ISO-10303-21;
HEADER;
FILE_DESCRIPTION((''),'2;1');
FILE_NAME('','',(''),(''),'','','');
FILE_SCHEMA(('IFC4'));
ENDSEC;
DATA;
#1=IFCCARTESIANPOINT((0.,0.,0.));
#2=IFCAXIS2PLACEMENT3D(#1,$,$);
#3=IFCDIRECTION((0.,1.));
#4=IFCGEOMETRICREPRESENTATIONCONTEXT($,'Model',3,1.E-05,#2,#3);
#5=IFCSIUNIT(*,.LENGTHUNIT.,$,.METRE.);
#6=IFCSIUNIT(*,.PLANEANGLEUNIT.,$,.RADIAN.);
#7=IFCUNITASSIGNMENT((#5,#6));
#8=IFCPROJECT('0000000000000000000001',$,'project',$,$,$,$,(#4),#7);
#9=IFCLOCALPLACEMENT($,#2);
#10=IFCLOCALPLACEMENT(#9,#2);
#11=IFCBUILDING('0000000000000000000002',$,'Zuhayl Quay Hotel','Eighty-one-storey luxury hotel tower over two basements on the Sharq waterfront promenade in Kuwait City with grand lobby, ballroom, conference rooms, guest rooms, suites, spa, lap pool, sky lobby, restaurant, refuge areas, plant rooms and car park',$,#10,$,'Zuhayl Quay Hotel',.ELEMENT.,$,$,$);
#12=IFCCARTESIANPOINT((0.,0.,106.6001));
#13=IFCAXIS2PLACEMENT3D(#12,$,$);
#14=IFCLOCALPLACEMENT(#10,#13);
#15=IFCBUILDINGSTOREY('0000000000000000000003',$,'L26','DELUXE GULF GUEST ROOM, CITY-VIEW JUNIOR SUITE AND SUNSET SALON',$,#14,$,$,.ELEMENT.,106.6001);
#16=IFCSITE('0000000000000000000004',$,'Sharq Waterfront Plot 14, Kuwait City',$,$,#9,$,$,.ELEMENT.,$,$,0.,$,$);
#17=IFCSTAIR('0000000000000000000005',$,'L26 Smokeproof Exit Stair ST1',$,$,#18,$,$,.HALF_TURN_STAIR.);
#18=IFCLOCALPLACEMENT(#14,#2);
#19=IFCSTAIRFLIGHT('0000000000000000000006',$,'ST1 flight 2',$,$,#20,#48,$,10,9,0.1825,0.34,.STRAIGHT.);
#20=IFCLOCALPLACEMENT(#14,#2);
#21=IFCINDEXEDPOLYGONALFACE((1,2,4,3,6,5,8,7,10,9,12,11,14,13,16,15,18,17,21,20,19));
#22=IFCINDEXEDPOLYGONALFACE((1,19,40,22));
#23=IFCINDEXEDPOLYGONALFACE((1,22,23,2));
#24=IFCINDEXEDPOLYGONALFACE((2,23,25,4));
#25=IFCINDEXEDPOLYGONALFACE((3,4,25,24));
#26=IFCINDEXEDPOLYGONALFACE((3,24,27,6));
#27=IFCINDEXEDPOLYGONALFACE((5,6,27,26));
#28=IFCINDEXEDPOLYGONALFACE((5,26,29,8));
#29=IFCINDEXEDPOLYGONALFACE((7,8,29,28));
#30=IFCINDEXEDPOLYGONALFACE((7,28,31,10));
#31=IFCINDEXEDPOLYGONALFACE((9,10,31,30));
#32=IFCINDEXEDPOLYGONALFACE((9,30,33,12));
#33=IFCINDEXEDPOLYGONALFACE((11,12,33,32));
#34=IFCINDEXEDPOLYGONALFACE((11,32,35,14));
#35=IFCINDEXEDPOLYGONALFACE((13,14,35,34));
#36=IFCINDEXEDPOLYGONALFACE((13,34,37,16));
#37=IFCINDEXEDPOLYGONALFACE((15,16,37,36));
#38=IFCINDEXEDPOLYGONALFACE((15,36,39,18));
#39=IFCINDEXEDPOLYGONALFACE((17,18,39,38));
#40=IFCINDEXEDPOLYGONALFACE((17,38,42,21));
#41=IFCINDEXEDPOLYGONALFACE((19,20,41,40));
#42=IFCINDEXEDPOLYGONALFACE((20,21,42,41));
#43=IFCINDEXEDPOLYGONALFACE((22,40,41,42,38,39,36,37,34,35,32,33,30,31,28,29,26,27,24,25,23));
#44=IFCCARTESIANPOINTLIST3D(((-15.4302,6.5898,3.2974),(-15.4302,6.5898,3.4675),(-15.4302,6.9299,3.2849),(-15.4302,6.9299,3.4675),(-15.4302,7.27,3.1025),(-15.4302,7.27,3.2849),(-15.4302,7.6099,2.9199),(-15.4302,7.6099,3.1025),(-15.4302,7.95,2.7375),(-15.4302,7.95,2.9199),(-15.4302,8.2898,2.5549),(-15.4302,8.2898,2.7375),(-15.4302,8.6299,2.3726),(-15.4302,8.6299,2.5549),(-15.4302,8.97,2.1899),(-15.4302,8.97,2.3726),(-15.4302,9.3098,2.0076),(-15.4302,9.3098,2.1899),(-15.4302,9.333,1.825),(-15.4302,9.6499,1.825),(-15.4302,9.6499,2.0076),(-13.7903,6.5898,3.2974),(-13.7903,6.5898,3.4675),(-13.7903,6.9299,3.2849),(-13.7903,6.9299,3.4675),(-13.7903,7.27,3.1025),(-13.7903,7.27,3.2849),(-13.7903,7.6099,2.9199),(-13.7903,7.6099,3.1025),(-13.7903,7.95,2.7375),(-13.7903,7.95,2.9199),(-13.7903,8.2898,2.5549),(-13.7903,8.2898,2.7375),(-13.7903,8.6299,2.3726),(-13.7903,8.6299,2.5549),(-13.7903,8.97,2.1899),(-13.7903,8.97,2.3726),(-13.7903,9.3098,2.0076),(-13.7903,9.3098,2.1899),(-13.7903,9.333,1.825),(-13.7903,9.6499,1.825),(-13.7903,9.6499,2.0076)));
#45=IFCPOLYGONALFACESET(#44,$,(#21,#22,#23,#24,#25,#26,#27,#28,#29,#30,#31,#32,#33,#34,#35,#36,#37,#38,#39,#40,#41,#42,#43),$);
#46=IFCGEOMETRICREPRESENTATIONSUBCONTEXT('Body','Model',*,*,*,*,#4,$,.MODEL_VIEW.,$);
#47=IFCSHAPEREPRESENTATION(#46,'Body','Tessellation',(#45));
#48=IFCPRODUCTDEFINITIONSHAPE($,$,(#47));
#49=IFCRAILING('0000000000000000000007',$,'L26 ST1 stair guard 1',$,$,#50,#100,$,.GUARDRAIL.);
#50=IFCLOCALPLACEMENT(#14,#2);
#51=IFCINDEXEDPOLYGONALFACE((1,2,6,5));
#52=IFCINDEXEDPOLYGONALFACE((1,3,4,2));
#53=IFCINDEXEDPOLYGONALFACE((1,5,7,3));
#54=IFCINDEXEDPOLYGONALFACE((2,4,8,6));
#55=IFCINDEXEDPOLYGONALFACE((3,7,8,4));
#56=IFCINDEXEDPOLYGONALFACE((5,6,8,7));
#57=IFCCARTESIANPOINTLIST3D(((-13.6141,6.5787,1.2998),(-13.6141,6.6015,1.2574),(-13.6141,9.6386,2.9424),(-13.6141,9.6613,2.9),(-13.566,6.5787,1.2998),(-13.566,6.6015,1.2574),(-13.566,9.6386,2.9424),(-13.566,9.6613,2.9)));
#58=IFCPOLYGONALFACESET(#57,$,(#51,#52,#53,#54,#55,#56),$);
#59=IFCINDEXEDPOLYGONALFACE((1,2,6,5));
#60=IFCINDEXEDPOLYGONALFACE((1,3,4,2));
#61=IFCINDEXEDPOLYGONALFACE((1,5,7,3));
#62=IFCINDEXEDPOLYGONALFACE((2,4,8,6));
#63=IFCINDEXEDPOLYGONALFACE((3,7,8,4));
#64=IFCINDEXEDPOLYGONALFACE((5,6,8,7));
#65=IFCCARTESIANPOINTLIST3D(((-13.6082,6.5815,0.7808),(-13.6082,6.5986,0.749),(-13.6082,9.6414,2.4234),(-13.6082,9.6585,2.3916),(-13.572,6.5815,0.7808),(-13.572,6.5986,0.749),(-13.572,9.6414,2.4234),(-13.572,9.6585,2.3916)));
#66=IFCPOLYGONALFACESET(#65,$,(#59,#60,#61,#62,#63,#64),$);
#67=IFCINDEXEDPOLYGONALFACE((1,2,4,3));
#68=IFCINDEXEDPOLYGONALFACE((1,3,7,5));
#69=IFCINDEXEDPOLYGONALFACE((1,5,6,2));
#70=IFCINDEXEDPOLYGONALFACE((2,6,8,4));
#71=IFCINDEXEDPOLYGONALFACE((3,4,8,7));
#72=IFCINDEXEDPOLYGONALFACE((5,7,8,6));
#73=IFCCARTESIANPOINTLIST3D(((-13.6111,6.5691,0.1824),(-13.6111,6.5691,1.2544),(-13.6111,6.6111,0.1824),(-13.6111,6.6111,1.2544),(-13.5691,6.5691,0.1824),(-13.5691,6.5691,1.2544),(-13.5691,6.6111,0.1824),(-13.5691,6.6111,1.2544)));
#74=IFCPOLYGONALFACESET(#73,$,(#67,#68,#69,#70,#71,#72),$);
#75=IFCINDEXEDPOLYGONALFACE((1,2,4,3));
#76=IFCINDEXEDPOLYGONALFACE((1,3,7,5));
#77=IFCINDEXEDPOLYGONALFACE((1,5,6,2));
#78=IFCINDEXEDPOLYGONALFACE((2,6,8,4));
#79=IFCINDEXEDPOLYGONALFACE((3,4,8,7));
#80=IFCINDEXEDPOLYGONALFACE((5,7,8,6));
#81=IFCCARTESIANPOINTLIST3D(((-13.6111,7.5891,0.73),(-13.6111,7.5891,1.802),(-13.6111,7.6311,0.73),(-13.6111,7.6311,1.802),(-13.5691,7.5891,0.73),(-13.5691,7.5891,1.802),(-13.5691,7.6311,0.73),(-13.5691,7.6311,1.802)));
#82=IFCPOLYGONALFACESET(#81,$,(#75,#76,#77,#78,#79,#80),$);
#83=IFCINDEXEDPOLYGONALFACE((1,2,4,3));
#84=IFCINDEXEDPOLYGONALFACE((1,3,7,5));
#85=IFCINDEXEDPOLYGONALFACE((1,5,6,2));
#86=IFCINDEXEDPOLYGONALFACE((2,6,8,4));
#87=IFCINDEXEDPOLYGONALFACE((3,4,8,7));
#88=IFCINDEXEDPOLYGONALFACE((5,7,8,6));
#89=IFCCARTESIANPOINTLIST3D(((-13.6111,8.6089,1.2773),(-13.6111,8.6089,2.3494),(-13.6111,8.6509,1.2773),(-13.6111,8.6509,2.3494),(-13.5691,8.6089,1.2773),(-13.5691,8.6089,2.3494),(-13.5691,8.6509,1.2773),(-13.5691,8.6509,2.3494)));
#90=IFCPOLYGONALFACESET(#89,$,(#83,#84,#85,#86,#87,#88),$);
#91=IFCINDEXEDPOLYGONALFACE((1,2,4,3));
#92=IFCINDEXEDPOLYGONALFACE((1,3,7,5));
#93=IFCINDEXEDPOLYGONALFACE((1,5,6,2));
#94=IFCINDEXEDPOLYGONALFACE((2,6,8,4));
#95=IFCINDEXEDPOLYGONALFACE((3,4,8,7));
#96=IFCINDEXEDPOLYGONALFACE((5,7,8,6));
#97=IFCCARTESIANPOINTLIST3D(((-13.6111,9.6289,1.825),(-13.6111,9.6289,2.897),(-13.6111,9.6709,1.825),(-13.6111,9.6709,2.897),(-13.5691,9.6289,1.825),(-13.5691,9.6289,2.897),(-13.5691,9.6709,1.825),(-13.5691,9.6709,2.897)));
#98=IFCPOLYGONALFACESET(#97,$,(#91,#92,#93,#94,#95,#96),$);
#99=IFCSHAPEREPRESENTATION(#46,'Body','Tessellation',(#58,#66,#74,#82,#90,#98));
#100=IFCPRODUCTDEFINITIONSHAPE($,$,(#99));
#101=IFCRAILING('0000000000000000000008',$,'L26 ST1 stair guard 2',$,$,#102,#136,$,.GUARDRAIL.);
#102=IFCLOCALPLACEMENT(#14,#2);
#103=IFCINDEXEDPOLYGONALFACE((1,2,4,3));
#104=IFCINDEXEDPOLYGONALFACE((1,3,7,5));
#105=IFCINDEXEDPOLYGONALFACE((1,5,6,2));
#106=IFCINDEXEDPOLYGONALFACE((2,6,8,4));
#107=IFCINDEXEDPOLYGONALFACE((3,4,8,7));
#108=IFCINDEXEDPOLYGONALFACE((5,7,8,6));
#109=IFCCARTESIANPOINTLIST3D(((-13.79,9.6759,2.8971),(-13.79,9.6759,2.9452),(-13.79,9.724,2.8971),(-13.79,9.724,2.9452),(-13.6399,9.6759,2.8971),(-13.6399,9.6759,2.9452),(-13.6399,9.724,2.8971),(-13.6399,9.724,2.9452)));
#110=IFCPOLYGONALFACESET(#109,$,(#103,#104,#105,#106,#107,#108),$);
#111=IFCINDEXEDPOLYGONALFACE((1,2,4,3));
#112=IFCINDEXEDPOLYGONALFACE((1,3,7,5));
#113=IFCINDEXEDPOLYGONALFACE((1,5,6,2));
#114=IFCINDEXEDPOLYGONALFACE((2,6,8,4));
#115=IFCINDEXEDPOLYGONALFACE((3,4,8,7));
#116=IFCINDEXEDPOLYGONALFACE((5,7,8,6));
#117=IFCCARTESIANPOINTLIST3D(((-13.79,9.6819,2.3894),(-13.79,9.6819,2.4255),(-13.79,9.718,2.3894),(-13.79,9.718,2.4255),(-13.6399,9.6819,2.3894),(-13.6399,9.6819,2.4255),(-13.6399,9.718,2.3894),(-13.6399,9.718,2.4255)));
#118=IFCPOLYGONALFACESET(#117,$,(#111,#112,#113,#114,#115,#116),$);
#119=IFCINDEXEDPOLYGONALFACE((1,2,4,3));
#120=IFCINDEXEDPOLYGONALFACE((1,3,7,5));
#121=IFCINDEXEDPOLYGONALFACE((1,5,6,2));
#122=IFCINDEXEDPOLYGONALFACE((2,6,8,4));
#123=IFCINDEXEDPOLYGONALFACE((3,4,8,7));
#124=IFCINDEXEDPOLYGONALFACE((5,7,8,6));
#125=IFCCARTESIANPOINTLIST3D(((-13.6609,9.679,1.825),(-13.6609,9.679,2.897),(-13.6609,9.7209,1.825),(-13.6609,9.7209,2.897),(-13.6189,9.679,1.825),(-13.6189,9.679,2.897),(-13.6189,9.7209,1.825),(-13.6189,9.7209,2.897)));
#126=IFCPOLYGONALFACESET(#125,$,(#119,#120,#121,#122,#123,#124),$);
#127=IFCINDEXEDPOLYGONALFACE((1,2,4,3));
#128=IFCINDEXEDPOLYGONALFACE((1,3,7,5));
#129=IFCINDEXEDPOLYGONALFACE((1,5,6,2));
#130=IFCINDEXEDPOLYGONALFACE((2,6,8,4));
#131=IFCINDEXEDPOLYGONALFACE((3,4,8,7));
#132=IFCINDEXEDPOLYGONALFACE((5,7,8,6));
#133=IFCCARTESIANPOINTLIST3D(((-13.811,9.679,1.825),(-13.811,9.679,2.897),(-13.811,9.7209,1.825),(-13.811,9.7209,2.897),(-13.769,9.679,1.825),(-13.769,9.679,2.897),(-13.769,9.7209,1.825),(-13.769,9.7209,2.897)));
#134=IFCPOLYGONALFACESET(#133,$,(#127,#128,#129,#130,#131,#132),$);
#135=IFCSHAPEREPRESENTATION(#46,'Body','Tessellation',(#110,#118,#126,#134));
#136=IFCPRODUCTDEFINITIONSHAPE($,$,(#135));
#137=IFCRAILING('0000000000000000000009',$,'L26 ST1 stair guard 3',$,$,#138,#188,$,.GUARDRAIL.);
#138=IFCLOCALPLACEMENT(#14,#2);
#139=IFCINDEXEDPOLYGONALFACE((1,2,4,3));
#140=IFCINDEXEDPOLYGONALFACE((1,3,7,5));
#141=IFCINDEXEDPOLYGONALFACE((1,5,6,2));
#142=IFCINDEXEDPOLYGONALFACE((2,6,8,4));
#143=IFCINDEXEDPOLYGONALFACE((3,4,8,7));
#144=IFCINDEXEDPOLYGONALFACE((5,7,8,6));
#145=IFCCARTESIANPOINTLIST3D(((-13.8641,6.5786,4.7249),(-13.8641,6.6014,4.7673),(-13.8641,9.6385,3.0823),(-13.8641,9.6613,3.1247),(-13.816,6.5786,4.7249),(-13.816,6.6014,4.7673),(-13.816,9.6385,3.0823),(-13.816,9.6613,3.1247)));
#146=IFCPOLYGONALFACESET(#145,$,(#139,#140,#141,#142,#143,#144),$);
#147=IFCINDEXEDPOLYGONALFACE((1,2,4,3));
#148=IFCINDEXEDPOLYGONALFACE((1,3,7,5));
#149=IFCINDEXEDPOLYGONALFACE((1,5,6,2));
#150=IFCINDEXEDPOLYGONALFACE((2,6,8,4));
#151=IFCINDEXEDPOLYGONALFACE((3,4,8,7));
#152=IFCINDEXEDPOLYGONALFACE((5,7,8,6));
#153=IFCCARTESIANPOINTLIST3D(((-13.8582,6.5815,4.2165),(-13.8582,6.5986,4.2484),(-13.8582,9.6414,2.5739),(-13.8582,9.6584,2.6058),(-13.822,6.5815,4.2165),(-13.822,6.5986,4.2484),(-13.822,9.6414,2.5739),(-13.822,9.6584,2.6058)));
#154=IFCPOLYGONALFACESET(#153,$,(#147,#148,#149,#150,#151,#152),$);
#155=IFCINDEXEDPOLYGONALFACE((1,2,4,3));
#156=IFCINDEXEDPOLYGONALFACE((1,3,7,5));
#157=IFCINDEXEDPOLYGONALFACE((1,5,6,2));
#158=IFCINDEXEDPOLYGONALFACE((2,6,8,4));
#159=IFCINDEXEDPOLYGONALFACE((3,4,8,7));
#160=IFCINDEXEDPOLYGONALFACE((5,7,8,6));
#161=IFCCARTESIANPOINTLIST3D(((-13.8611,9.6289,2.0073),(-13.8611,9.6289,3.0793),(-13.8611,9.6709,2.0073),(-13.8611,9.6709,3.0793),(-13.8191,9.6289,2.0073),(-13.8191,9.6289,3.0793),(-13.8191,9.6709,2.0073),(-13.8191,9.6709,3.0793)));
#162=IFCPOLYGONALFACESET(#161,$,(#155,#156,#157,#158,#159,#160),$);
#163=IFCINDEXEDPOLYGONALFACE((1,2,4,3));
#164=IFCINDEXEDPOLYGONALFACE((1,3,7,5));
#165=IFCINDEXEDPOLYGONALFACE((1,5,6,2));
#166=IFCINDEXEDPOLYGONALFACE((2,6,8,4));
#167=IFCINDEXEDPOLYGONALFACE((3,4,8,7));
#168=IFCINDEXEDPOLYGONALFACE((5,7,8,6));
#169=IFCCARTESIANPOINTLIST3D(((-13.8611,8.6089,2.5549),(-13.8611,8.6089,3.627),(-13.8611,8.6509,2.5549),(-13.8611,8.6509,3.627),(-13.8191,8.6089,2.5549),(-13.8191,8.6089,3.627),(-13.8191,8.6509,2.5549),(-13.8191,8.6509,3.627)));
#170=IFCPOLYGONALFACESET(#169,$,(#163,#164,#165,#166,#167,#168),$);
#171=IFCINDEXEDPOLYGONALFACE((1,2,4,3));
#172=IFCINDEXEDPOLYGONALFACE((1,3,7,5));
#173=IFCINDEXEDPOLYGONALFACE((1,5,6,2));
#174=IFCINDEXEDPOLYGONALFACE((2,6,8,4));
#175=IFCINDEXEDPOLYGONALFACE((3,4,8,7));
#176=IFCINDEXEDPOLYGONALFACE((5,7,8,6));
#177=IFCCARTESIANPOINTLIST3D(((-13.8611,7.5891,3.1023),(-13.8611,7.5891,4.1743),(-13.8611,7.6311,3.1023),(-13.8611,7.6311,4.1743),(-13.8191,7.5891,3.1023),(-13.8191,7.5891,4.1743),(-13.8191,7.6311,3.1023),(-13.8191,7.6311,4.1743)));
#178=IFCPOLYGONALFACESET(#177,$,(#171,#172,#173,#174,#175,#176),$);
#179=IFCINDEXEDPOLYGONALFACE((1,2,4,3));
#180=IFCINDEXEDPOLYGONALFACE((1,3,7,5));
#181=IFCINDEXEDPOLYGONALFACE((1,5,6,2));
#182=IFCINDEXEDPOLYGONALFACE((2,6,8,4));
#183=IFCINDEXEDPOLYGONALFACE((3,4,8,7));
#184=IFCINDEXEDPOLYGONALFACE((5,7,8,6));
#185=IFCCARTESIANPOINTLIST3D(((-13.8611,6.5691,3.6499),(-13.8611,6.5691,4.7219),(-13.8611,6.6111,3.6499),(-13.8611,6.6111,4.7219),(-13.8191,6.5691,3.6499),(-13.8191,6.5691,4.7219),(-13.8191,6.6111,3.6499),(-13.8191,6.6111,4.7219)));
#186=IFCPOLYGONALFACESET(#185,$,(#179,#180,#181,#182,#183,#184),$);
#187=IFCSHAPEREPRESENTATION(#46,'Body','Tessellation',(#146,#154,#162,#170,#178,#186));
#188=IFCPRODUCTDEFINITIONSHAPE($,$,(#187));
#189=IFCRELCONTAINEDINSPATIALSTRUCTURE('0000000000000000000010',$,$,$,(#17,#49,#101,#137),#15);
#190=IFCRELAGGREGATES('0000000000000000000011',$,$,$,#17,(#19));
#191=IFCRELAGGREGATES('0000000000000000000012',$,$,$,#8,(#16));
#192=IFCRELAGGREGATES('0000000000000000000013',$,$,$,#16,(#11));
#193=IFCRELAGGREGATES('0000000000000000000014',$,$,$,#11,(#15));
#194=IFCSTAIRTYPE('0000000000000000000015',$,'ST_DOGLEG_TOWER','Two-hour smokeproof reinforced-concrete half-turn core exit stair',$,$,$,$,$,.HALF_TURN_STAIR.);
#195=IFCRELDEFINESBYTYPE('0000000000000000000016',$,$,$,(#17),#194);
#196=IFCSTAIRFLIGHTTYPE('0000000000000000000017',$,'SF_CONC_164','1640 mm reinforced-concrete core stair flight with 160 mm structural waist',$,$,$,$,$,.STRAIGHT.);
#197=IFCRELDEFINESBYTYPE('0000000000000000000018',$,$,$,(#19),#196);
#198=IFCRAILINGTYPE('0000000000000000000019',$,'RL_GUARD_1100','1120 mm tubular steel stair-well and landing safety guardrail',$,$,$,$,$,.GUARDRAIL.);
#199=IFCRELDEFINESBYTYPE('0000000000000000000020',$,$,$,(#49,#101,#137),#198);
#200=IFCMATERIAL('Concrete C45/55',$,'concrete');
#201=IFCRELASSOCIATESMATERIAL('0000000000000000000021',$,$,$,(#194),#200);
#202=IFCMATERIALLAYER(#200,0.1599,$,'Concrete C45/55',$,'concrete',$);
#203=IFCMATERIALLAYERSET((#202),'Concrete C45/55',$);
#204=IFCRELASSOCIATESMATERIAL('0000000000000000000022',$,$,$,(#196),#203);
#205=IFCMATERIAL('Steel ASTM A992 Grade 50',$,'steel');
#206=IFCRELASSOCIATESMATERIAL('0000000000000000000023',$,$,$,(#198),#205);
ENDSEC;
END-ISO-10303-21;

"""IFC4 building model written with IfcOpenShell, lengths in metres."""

from ifc_helpers import new_model, si_unit, direction, frame, origin, origin_2d, place, context, subcontext, project, spatial, polyline, rectangle, outline, extrude, material, layer, layer_set, type_object, element, aggregate, save


model = new_model("IFC4")

# Units and contexts
model_context = context("Model", 3, precision=1e-05, world=origin(), true_north=direction((0.0, 1.0)))
body_context = subcontext(model_context, "Body", "Model", "MODEL_VIEW")
ifc_project = project(units=[si_unit("LENGTHUNIT", "METRE"), si_unit("PLANEANGLEUNIT", "RADIAN")], contexts=[model_context])

# Site, building, storey
site_placement = place(None, origin())
site = spatial("IfcSite", under=ifc_project, at=site_placement, Name="Sharq Waterfront Plot 14, Kuwait City", CompositionType="ELEMENT", RefElevation=0.0)
building_placement = place(site_placement, origin())
building = spatial("IfcBuilding", under=site, at=building_placement, Name="Zuhayl Quay Hotel", Description="Eighty-one-storey luxury hotel tower over two basements on the Sharq waterfront promenade in Kuwait City with grand lobby, ballroom, conference rooms, guest rooms, suites, spa, lap pool, sky lobby, restaurant, refuge areas, plant rooms and car park", LongName="Zuhayl Quay Hotel", CompositionType="ELEMENT")
storey_placement = place(building_placement, frame((0.0, 0.0, 106.6001)))
storey = spatial("IfcBuildingStorey", under=building, at=storey_placement, Name="L26", Description="DELUXE GULF GUEST ROOM, CITY-VIEW JUNIOR SUITE AND SUNSET SALON", CompositionType="ELEMENT", Elevation=106.6001)

# Shared definitions
ifc_material_1 = material(Name="Steel ASTM A992 Grade 50", Category="steel")

# Stair, stair flight
ifc_material_2 = material(Name="Concrete C45/55", Category="concrete")
stair_type = type_object("IfcStairType", Name="ST_DOGLEG_TOWER", Description="Two-hour smokeproof reinforced-concrete half-turn core exit stair", PredefinedType="HALF_TURN_STAIR", material=ifc_material_2)
stair_placement = place(storey_placement, origin())
stair = element("IfcStair", 1, at=stair_placement, inside=storey, type_object=stair_type, Name="L26 Smokeproof Exit Stair ST1", PredefinedType="HALF_TURN_STAIR")
ifc_layer_1 = layer(ifc_material_2, 0.1599, Name="Concrete C45/55", Category="concrete")
ifc_layer_set_1 = layer_set([ifc_layer_1], Name="Concrete C45/55")
stair_flight_type = type_object("IfcStairFlightType", Name="SF_CONC_164", Description="1640 mm reinforced-concrete core stair flight with 160 mm structural waist", PredefinedType="STRAIGHT", material=ifc_layer_set_1)
stair_flight_placement = place(storey_placement, frame((-14.6101, 9.6499, 1.825), z_axis=(0.0, 0.0, 1.0), x_axis=(0.0, -1.0, 0.0)))
stair_flight = element("IfcStairFlight", 2, at=stair_flight_placement, type_object=stair_flight_type, Name="ST1 flight 2", NumberOfRisers=10, NumberOfTreads=9, PredefinedType="STRAIGHT", RiserHeight=0.1825, TreadLength=0.34, context=body_context, shape_type="SweptSolid", body=[
    extrude(outline(polyline([(0.0, 0.0), (0.0, 0.1826), (0.3401, 0.1826), (0.3401, 0.365), (0.6799, 0.365), (0.6799, 0.5476), (1.02, 0.5476), (1.02, 0.73), (1.3601, 0.73), (1.3601, 0.9126), (1.7, 0.9126), (1.7, 1.095), (2.04, 1.095), (2.04, 1.2776), (2.3799, 1.2776), (2.3799, 1.46), (2.72, 1.46), (2.72, 1.6426), (3.0601, 1.6426), (3.0601, 1.825), (3.0601, 1.4724), (0.3169, 0.0), (0.0, 0.0)])), frame((0.0, 0.8198, 0.0), z_axis=(0.0, -1.0, 0.0), x_axis=(1.0, 0.0, 0.0)), (0.0, 0.0, 1.0), 1.6399),
])
aggregate(stair, [stair_flight])

# Railings
railing_type_1 = type_object("IfcRailingType", Name="RL_GUARD_1100", Description="1120 mm tubular steel stair-well and landing safety guardrail", PredefinedType="GUARDRAIL", material=ifc_material_1)
railing_1_placement = place(storey_placement, frame((-13.5901, 6.5901, 0.1824)))
element("IfcRailing", 3, at=railing_1_placement, inside=storey, type_object=railing_type_1, Name="L26 ST1 stair guard 1", PredefinedType="GUARDRAIL", context=body_context, shape_type="SweptSolid", body=[
    extrude(rectangle(XDim=0.0481, YDim=0.0481, at=origin_2d()), frame((0.0, 0.0, 1.0962), z_axis=(0.0, 0.881073, 0.47298), x_axis=(-1.0, 0.0, 0.0)), (0.0, 0.0, 1.0), 3.4729),
    extrude(rectangle(XDim=0.0361, YDim=0.0361, at=origin_2d()), frame((0.0, 0.0, 0.5825), z_axis=(0.0, 0.881073, 0.47298), x_axis=(-1.0, 0.0, 0.0)), (0.0, 0.0, 1.0), 3.4729),
    extrude(rectangle(XDim=0.042, YDim=0.042, at=origin_2d()), origin(), (0.0, 0.0, 1.0), 1.072),
    extrude(rectangle(XDim=0.042, YDim=0.042, at=origin_2d()), frame((0.0, 1.02, 0.5476)), (0.0, 0.0, 1.0), 1.072),
    extrude(rectangle(XDim=0.042, YDim=0.042, at=origin_2d()), frame((0.0, 2.0398, 1.095)), (0.0, 0.0, 1.0), 1.072),
    extrude(rectangle(XDim=0.042, YDim=0.042, at=origin_2d()), frame((0.0, 3.0598, 1.6426)), (0.0, 0.0, 1.0), 1.072),
])
railing_2_placement = place(storey_placement, frame((-13.6399, 9.7, 1.825)))
element("IfcRailing", 4, at=railing_2_placement, inside=storey, type_object=railing_type_1, Name="L26 ST1 stair guard 2", PredefinedType="GUARDRAIL", context=body_context, shape_type="SweptSolid", body=[
    extrude(rectangle(XDim=0.0481, YDim=0.0481, at=origin_2d()), frame((0.0, 0.0, 1.0962), z_axis=(-1.0, 0.0, 0.0), x_axis=(0.0, -1.0, 0.0)), (0.0, 0.0, 1.0), 0.1501),
    extrude(rectangle(XDim=0.0361, YDim=0.0361, at=origin_2d()), frame((0.0, 0.0, 0.5825), z_axis=(-1.0, 0.0, 0.0), x_axis=(0.0, -1.0, 0.0)), (0.0, 0.0, 1.0), 0.1501),
    extrude(rectangle(XDim=0.042, YDim=0.042, at=origin_2d()), origin(), (0.0, 0.0, 1.0), 1.072),
    extrude(rectangle(XDim=0.042, YDim=0.042, at=origin_2d()), frame((-0.1501, 0.0, 0.0)), (0.0, 0.0, 1.0), 1.072),
])
railing_3_placement = place(storey_placement, frame((-13.8401, 9.6499, 2.0073)))
element("IfcRailing", 5, at=railing_3_placement, inside=storey, type_object=railing_type_1, Name="L26 ST1 stair guard 3", PredefinedType="GUARDRAIL", context=body_context, shape_type="SweptSolid", body=[
    extrude(rectangle(XDim=0.0481, YDim=0.0481, at=origin_2d()), frame((0.0, 0.0, 1.0962), z_axis=(0.0, -0.881073, 0.47298), x_axis=(1.0, 0.0, 0.0)), (0.0, 0.0, 1.0), 3.4729),
    extrude(rectangle(XDim=0.0361, YDim=0.0361, at=origin_2d()), frame((0.0, 0.0, 0.5825), z_axis=(0.0, -0.881073, 0.47298), x_axis=(1.0, 0.0, 0.0)), (0.0, 0.0, 1.0), 3.4729),
    extrude(rectangle(XDim=0.042, YDim=0.042, at=origin_2d()), origin(), (0.0, 0.0, 1.0), 1.072),
    extrude(rectangle(XDim=0.042, YDim=0.042, at=origin_2d()), frame((0.0, -1.02, 0.5476)), (0.0, 0.0, 1.0), 1.072),
    extrude(rectangle(XDim=0.042, YDim=0.042, at=origin_2d()), frame((0.0, -2.0398, 1.095)), (0.0, 0.0, 1.0), 1.072),
    extrude(rectangle(XDim=0.042, YDim=0.042, at=origin_2d()), frame((0.0, -3.0598, 1.6426)), (0.0, 0.0, 1.0), 1.072),
])

save(model, "model.ifc")
